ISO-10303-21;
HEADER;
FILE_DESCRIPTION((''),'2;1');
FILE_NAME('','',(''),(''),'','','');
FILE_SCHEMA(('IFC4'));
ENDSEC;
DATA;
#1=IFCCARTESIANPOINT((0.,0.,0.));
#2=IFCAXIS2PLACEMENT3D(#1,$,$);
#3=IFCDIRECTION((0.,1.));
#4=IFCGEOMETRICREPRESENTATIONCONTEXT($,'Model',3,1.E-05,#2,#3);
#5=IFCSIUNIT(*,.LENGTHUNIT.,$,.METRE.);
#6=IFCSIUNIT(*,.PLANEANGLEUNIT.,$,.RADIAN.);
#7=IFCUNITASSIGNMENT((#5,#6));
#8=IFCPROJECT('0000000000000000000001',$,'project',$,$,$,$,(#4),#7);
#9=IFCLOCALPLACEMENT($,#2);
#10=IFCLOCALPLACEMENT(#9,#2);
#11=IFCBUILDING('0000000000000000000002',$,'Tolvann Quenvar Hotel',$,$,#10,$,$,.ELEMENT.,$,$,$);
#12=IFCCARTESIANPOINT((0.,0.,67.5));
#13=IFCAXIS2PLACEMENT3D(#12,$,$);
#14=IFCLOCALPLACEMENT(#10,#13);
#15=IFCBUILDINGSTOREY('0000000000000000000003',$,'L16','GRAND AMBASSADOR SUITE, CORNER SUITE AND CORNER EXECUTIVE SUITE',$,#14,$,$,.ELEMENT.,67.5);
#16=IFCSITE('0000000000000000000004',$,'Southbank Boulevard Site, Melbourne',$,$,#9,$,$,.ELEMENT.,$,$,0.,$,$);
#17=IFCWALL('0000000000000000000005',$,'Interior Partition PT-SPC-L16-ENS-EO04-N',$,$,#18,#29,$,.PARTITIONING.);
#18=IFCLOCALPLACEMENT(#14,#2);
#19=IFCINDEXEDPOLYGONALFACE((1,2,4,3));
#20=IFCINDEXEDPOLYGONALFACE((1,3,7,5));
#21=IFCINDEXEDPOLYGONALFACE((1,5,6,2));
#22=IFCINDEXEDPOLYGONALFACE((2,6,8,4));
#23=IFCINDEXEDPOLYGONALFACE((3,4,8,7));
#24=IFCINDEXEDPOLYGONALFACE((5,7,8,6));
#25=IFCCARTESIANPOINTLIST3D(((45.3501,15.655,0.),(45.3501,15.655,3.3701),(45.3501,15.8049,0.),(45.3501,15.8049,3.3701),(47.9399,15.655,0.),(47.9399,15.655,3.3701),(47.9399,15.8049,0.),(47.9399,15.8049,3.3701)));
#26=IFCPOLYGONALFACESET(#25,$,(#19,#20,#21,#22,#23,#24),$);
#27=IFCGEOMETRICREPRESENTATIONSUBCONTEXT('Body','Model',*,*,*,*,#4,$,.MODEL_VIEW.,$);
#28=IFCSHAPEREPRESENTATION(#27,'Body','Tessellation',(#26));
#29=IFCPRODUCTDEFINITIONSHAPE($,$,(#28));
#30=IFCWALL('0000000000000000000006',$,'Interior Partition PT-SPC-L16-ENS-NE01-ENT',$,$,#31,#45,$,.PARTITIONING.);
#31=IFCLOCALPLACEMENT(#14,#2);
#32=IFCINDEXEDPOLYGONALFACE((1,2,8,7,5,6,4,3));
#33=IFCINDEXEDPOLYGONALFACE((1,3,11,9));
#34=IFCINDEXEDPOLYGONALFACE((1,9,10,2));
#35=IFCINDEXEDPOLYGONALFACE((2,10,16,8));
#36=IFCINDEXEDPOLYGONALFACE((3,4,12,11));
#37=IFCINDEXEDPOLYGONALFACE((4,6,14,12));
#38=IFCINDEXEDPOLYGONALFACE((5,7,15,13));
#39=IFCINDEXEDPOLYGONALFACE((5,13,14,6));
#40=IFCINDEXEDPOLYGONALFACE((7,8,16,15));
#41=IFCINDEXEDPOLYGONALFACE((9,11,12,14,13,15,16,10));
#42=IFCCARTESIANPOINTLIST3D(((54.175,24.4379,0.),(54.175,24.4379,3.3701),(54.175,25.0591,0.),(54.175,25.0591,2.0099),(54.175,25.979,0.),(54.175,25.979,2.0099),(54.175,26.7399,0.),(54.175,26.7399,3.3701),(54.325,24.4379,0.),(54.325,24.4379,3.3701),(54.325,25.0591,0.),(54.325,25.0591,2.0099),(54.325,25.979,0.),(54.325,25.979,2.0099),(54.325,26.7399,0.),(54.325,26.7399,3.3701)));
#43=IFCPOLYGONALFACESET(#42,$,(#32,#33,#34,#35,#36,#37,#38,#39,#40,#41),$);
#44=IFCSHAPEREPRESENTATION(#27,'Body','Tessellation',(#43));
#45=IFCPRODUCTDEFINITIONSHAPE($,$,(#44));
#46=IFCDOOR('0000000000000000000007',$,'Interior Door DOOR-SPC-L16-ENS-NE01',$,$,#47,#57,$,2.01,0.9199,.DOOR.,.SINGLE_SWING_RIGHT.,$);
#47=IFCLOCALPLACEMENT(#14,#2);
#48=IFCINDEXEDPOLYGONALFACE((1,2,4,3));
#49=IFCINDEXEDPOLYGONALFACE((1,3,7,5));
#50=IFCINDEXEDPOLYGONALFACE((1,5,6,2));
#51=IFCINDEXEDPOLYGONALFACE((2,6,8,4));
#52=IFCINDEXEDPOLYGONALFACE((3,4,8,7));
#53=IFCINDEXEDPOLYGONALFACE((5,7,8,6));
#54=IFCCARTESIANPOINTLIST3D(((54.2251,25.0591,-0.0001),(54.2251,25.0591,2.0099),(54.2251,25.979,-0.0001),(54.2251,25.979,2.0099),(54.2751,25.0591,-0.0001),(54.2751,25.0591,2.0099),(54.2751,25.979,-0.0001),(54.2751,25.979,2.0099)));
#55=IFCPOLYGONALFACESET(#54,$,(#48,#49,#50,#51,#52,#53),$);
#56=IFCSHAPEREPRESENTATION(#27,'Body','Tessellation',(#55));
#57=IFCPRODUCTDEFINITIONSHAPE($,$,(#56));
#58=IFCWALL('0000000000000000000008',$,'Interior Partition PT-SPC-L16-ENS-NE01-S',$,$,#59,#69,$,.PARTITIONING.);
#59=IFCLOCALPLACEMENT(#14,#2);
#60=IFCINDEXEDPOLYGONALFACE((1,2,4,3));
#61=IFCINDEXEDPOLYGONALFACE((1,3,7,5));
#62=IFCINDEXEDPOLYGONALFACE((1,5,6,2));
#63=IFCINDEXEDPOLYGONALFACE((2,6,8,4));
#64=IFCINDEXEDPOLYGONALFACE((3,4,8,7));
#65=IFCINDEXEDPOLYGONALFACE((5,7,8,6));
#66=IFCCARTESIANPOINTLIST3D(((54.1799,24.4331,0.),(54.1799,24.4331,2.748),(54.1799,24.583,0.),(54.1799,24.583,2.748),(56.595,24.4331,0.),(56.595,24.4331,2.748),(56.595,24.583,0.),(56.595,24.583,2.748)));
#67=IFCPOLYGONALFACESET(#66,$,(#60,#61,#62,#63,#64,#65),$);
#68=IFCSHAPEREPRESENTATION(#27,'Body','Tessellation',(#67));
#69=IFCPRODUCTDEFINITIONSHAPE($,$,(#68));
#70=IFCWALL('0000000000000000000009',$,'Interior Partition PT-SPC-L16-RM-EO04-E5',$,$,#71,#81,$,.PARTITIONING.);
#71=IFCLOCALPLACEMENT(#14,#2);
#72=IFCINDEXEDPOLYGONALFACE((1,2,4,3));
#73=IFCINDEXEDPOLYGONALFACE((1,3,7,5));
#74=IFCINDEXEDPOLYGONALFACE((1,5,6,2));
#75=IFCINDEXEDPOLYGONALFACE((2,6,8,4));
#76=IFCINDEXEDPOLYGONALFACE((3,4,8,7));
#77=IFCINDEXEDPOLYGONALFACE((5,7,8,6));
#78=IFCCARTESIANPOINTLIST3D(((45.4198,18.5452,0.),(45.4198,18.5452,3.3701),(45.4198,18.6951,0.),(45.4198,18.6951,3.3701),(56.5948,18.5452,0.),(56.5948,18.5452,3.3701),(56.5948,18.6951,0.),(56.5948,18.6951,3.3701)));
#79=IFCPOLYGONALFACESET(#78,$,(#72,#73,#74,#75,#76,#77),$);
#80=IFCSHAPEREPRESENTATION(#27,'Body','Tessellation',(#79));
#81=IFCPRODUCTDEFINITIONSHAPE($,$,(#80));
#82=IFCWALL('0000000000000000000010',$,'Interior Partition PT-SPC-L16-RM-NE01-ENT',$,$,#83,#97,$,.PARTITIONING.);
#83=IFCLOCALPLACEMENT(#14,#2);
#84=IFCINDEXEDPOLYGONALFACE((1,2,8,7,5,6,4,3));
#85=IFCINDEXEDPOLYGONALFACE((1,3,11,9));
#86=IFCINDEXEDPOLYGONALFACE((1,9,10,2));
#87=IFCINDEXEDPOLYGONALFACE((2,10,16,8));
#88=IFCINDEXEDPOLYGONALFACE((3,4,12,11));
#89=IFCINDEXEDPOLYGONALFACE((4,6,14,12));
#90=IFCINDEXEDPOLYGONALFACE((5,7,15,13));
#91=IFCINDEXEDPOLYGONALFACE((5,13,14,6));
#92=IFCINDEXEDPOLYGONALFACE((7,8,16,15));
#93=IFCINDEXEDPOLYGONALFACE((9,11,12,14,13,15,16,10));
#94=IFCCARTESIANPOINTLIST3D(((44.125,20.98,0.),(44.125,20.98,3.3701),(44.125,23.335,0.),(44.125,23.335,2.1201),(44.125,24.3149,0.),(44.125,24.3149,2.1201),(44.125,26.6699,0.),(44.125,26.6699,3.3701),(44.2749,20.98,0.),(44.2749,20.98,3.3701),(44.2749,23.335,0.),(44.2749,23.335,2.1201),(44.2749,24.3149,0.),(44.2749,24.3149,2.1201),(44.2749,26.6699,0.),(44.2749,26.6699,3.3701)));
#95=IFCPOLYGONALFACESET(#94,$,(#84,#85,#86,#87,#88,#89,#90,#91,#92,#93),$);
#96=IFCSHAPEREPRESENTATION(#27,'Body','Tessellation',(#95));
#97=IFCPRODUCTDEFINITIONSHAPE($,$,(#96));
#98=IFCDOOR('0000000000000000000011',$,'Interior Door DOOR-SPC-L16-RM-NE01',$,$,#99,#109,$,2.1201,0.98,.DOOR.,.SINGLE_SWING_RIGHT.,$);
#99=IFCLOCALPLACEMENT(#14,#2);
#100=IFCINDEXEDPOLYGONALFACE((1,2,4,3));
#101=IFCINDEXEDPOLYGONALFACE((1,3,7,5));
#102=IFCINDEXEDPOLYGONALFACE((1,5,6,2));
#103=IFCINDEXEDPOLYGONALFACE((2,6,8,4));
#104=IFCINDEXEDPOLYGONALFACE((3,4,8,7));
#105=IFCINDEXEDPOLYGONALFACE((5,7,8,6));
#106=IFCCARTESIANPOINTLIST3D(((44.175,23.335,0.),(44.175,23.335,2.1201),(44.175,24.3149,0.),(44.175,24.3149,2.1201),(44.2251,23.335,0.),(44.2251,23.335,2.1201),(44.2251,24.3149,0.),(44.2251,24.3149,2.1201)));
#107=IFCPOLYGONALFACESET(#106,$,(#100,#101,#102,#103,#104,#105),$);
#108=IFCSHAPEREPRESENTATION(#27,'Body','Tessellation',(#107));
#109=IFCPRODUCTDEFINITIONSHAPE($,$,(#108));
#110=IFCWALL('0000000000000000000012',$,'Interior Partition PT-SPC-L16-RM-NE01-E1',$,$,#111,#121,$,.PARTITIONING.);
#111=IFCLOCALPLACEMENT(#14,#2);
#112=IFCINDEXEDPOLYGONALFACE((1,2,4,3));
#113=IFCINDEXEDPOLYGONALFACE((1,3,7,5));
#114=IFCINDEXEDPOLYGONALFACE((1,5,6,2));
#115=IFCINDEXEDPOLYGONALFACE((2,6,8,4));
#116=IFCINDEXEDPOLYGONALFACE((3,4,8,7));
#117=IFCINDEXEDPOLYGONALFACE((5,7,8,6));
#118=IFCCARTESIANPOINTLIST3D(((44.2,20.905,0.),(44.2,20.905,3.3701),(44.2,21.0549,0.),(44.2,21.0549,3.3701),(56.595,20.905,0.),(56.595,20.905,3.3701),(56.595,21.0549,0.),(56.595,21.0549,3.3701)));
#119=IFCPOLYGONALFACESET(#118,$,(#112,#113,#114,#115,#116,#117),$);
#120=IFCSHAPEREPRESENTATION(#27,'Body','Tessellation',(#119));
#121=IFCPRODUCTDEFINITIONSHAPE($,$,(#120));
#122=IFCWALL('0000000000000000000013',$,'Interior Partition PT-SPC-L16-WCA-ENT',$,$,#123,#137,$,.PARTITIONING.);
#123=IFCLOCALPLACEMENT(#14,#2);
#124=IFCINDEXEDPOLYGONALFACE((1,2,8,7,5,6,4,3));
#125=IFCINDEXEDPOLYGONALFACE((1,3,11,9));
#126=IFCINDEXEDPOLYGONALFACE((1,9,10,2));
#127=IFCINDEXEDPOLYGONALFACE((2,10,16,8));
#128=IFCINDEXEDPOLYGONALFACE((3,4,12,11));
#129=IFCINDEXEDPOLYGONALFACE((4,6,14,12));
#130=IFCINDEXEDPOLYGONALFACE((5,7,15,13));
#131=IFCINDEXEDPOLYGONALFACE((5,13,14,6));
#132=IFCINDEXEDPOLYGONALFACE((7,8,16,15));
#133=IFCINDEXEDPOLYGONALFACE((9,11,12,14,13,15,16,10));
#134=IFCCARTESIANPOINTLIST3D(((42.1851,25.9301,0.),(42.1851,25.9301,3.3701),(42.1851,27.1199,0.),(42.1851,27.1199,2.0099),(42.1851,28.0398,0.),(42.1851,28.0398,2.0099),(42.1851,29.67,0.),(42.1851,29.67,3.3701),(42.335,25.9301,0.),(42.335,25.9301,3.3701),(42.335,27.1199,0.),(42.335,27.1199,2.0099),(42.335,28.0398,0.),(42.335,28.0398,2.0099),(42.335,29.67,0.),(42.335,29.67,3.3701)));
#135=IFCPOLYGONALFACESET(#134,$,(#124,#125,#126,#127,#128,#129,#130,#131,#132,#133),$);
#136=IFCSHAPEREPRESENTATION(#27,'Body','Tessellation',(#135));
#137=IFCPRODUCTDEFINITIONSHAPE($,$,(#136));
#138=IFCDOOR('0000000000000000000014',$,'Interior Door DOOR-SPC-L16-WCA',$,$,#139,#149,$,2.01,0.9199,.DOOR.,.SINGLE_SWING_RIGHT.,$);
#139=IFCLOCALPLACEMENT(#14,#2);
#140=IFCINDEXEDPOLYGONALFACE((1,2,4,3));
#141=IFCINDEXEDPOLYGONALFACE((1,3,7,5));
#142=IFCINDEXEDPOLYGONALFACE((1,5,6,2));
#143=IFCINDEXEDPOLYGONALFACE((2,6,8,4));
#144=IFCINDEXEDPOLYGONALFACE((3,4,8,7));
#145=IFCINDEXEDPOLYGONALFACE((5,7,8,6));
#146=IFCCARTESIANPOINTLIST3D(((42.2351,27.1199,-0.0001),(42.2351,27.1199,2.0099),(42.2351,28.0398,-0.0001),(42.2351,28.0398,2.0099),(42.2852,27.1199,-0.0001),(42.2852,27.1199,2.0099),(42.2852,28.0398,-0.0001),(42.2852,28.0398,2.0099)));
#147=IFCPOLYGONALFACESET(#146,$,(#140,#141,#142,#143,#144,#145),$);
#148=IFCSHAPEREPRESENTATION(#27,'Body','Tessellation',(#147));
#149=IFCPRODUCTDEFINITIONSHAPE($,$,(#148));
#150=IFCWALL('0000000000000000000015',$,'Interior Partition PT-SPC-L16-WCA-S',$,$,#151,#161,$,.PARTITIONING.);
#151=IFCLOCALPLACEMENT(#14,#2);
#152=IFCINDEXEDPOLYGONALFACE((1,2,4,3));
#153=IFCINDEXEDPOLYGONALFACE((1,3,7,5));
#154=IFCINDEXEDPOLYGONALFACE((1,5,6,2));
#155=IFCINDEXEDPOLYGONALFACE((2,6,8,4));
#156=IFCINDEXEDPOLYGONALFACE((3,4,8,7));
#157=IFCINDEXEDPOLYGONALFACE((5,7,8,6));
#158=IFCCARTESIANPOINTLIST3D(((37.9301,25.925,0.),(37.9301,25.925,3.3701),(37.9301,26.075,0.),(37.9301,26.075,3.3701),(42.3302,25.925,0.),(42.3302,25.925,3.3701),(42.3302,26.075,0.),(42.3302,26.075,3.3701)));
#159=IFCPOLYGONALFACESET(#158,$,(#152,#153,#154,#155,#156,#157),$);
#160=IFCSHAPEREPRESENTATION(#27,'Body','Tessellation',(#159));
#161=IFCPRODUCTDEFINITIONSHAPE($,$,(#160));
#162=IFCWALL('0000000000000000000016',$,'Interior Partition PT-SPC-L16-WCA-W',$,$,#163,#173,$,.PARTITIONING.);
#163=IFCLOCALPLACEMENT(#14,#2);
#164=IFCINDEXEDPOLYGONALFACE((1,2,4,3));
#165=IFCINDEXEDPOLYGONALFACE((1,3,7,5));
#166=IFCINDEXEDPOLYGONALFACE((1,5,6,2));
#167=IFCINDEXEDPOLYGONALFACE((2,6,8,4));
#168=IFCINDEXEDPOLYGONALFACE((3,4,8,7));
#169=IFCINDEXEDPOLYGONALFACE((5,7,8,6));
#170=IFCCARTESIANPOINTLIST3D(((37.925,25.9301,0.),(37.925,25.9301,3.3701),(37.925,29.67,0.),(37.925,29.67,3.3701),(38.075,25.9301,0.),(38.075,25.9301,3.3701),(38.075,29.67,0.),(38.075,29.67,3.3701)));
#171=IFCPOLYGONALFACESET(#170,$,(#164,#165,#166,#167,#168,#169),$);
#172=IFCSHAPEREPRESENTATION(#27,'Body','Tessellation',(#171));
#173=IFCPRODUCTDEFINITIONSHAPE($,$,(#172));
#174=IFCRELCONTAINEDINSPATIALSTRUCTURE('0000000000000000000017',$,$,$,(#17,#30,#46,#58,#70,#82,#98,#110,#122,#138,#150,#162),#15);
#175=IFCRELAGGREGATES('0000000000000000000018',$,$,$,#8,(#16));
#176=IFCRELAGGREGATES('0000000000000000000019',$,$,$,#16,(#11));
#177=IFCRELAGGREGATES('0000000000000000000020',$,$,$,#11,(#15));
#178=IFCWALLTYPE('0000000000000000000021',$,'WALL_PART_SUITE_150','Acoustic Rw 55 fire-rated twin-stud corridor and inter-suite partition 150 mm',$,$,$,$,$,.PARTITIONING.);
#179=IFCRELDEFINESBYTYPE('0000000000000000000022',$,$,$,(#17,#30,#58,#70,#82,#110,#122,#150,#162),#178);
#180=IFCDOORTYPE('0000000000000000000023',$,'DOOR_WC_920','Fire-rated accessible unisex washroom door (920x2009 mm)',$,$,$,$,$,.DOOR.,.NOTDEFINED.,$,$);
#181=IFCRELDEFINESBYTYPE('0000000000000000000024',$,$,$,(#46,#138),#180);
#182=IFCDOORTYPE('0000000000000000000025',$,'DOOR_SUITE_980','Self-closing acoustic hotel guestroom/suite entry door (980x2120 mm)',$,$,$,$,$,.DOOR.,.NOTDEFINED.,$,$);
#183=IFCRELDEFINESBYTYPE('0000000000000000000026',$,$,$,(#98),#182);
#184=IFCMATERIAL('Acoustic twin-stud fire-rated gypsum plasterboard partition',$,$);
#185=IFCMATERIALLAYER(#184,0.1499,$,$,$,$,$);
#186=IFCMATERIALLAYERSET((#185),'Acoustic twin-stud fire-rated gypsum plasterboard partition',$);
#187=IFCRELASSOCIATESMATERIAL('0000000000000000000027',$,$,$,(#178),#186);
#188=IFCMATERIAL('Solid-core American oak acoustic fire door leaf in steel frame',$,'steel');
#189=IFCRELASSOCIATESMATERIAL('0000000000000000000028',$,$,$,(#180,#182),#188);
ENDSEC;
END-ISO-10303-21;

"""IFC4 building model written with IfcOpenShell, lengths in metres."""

from ifc_helpers import new_model, si_unit, direction, frame, frame_2d, origin, place, context, subcontext, project, spatial, rectangle, extrude, source, transform, mapped, material, layer, layer_set, type_object, type_shapes, element, fill, save


model = new_model("IFC4")

# Units and contexts
model_context = context("Model", 3, precision=1e-05, world=origin(), true_north=direction((0.0, 1.0)))
body_context = subcontext(model_context, "Body", "Model", "MODEL_VIEW")
ifc_project = project(units=[si_unit("LENGTHUNIT", "METRE"), si_unit("PLANEANGLEUNIT", "RADIAN")], contexts=[model_context])

# Site, building, storey
site_placement = place(None, origin())
site = spatial("IfcSite", under=ifc_project, at=site_placement, Name="Southbank Boulevard Site, Melbourne", CompositionType="ELEMENT", RefElevation=0.0)
building_placement = place(site_placement, origin())
building = spatial("IfcBuilding", under=site, at=building_placement, Name="Tolvann Quenvar Hotel", CompositionType="ELEMENT")
storey_placement = place(building_placement, frame((0.0, 0.0, 67.5)))
storey = spatial("IfcBuildingStorey", under=building, at=storey_placement, Name="L16", Description="GRAND AMBASSADOR SUITE, CORNER SUITE AND CORNER EXECUTIVE SUITE", CompositionType="ELEMENT", Elevation=67.5)

# Wall
ifc_material_1 = material(Name="Acoustic twin-stud fire-rated gypsum plasterboard partition")
ifc_layer = layer(ifc_material_1, 0.1499)
ifc_layer_set = layer_set([ifc_layer], Name="Acoustic twin-stud fire-rated gypsum plasterboard partition")
wall_type = type_object("IfcWallType", Name="WALL_PART_SUITE_150", Description="Acoustic Rw 55 fire-rated twin-stud corridor and inter-suite partition 150 mm", PredefinedType="PARTITIONING", material=ifc_layer_set)
wall_1_placement = place(storey_placement, frame((45.3501, 15.73, 0.0), z_axis=(0.0, 0.0, 1.0), x_axis=(1.0, 0.0, 0.0)))
element("IfcWall", 1, at=wall_1_placement, inside=storey, type_object=wall_type, Name="Interior Partition PT-SPC-L16-ENS-EO04-N", PredefinedType="PARTITIONING", context=body_context, shape_type="SweptSolid", body=[
    extrude(rectangle(XDim=2.5898, YDim=0.1499, at=frame_2d((1.2949, 0.0))), origin(), (0.0, 0.0, 1.0), 3.3701),
])

# Wall, opening, door
wall_2_placement = place(storey_placement, frame((54.25, 24.438, 0.0), z_axis=(0.0, 0.0, 1.0), x_axis=(0.0, 1.0, 0.0)))
wall_2 = element("IfcWall", 2, at=wall_2_placement, inside=storey, type_object=wall_type, Name="Interior Partition PT-SPC-L16-ENS-NE01-ENT", PredefinedType="PARTITIONING", context=body_context, shape_type="SweptSolid", body=[
    extrude(rectangle(XDim=2.302, YDim=0.1499, at=frame_2d((1.1509, 0.0))), origin(), (0.0, 0.0, 1.0), 3.3701),
])
opening_1_placement = place(wall_2_placement, frame((0.6211, 0.0, 0.0)))
opening_1 = element("IfcOpeningElement", 3, at=opening_1_placement, cuts=wall_2, PredefinedType="OPENING", context=body_context, shape_type="SweptSolid", body=[
    extrude(rectangle(XDim=0.9199, YDim=2.01, at=frame_2d((0.46, 1.0049))), frame((0.0, 0.085, 0.0), z_axis=(0.0, -1.0, 0.0), x_axis=(1.0, 0.0, 0.0)), (0.0, 0.0, 1.0), 0.1699),
])
ifc_material_2 = material(Name="Solid-core American oak acoustic fire door leaf in steel frame", Category="steel")
door_type_1 = type_object("IfcDoorType", Name="DOOR_WC_920", Description="Fire-rated accessible unisex washroom door (920x2009 mm)", OperationType="NOTDEFINED", PredefinedType="DOOR", material=ifc_material_2)
shared_shape_1 = source(origin(), body_context, "Body", "SweptSolid", [
    extrude(rectangle(XDim=0.9199, YDim=2.01, at=frame_2d((0.46, 1.0049))), frame((0.0, 0.0249, 0.0), z_axis=(0.0, -1.0, 0.0), x_axis=(1.0, 0.0, 0.0)), (0.0, 0.0, 1.0), 0.05),
])
type_shapes(door_type_1, [shared_shape_1])
door_1_placement = place(opening_1_placement, origin())
door_1 = element("IfcDoor", 4, at=door_1_placement, inside=storey, type_object=door_type_1, Name="Interior Door DOOR-SPC-L16-ENS-NE01", OperationType="SINGLE_SWING_RIGHT", OverallHeight=2.01, OverallWidth=0.9199, PredefinedType="DOOR", context=body_context, shape_type="MappedRepresentation", body=[
    mapped(shared_shape_1, transform((0.0, 0.0, 0.0), x_axis=(1.0, 0.0, 0.0), y_axis=(0.0, 1.0, 0.0), z_axis=(0.0, 0.0, 1.0), scale=1.0)),
])
fill(opening_1, door_1)

# Wall
wall_3_placement = place(storey_placement, frame((54.1799, 24.5081, 0.0), z_axis=(0.0, 0.0, 1.0), x_axis=(1.0, 0.0, 0.0)))
element("IfcWall", 5, at=wall_3_placement, inside=storey, type_object=wall_type, Name="Interior Partition PT-SPC-L16-ENS-NE01-S", PredefinedType="PARTITIONING", context=body_context, shape_type="SweptSolid", body=[
    extrude(rectangle(XDim=2.415, YDim=0.1499, at=frame_2d((1.2075, 0.0))), origin(), (0.0, 0.0, 1.0), 2.748),
])

# Shared definitions
door_type_2 = type_object("IfcDoorType", Name="DOOR_SUITE_980", Description="Self-closing acoustic hotel guestroom/suite entry door (980x2120 mm)", OperationType="NOTDEFINED", PredefinedType="DOOR", material=ifc_material_2)
shared_shape_2 = source(origin(), body_context, "Body", "SweptSolid", [
    extrude(rectangle(XDim=0.98, YDim=2.1201, at=frame_2d((0.49, 1.0601))), frame((0.0, 0.0249, 0.0), z_axis=(0.0, -1.0, 0.0), x_axis=(1.0, 0.0, 0.0)), (0.0, 0.0, 1.0), 0.05),
])
type_shapes(door_type_2, [shared_shape_2])

# Wall
wall_4_placement = place(storey_placement, frame((45.4199, 18.6201, 0.0), z_axis=(0.0, 0.0, 1.0), x_axis=(1.0, 0.0, 0.0)))
element("IfcWall", 6, at=wall_4_placement, inside=storey, type_object=wall_type, Name="Interior Partition PT-SPC-L16-RM-EO04-E5", PredefinedType="PARTITIONING", context=body_context, shape_type="SweptSolid", body=[
    extrude(rectangle(XDim=11.175, YDim=0.1499, at=frame_2d((5.5874, 0.0))), origin(), (0.0, 0.0, 1.0), 3.3701),
])

# Wall, opening, door
wall_5_placement = place(storey_placement, frame((44.2, 20.98, 0.0), z_axis=(0.0, 0.0, 1.0), x_axis=(0.0, 1.0, 0.0)))
wall_5 = element("IfcWall", 7, at=wall_5_placement, inside=storey, type_object=wall_type, Name="Interior Partition PT-SPC-L16-RM-NE01-ENT", PredefinedType="PARTITIONING", context=body_context, shape_type="SweptSolid", body=[
    extrude(rectangle(XDim=5.6899, YDim=0.1499, at=frame_2d((2.845, 0.0))), origin(), (0.0, 0.0, 1.0), 3.3701),
])
opening_2_placement = place(wall_5_placement, frame((2.355, 0.0, 0.0)))
opening_2 = element("IfcOpeningElement", 8, at=opening_2_placement, cuts=wall_5, PredefinedType="OPENING", context=body_context, shape_type="SweptSolid", body=[
    extrude(rectangle(XDim=0.98, YDim=2.1201, at=frame_2d((0.49, 1.0601))), frame((0.0, 0.085, 0.0), z_axis=(0.0, -1.0, 0.0), x_axis=(1.0, 0.0, 0.0)), (0.0, 0.0, 1.0), 0.1699),
])
door_2_placement = place(opening_2_placement, origin())
door_2 = element("IfcDoor", 9, at=door_2_placement, inside=storey, type_object=door_type_2, Name="Interior Door DOOR-SPC-L16-RM-NE01", OperationType="SINGLE_SWING_RIGHT", OverallHeight=2.1201, OverallWidth=0.98, PredefinedType="DOOR", context=body_context, shape_type="MappedRepresentation", body=[
    mapped(shared_shape_2, transform((0.0, 0.0, 0.0), x_axis=(1.0, 0.0, 0.0), y_axis=(0.0, 1.0, 0.0), z_axis=(0.0, 0.0, 1.0), scale=1.0)),
])
fill(opening_2, door_2)

# Wall
wall_6_placement = place(storey_placement, frame((44.2, 20.98, 0.0), z_axis=(0.0, 0.0, 1.0), x_axis=(1.0, 0.0, 0.0)))
element("IfcWall", 10, at=wall_6_placement, inside=storey, type_object=wall_type, Name="Interior Partition PT-SPC-L16-RM-NE01-E1", PredefinedType="PARTITIONING", context=body_context, shape_type="SweptSolid", body=[
    extrude(rectangle(XDim=12.395, YDim=0.1499, at=frame_2d((6.1975, 0.0))), origin(), (0.0, 0.0, 1.0), 3.3701),
])

# Wall, opening, door
wall_7_placement = place(storey_placement, frame((42.26, 25.9299, 0.0), z_axis=(0.0, 0.0, 1.0), x_axis=(0.0, 1.0, 0.0)))
wall_7 = element("IfcWall", 11, at=wall_7_placement, inside=storey, type_object=wall_type, Name="Interior Partition PT-SPC-L16-WCA-ENT", PredefinedType="PARTITIONING", context=body_context, shape_type="SweptSolid", body=[
    extrude(rectangle(XDim=3.74, YDim=0.1499, at=frame_2d((1.8701, 0.0))), origin(), (0.0, 0.0, 1.0), 3.3701),
])
opening_3_placement = place(wall_7_placement, frame((1.1899, 0.0, 0.0)))
opening_3 = element("IfcOpeningElement", 12, at=opening_3_placement, cuts=wall_7, PredefinedType="OPENING", context=body_context, shape_type="SweptSolid", body=[
    extrude(rectangle(XDim=0.9199, YDim=2.01, at=frame_2d((0.46, 1.0049))), frame((0.0, 0.085, 0.0), z_axis=(0.0, -1.0, 0.0), x_axis=(1.0, 0.0, 0.0)), (0.0, 0.0, 1.0), 0.1699),
])
door_3_placement = place(opening_3_placement, origin())
door_3 = element("IfcDoor", 13, at=door_3_placement, inside=storey, type_object=door_type_1, Name="Interior Door DOOR-SPC-L16-WCA", OperationType="SINGLE_SWING_RIGHT", OverallHeight=2.01, OverallWidth=0.9199, PredefinedType="DOOR", context=body_context, shape_type="MappedRepresentation", body=[
    mapped(shared_shape_1, transform((0.0, 0.0, 0.0), x_axis=(1.0, 0.0, 0.0), y_axis=(0.0, 1.0, 0.0), z_axis=(0.0, 0.0, 1.0), scale=1.0)),
])
fill(opening_3, door_3)

# Walls
wall_8_placement = place(storey_placement, frame((37.9299, 26.0, 0.0), z_axis=(0.0, 0.0, 1.0), x_axis=(1.0, 0.0, 0.0)))
element("IfcWall", 14, at=wall_8_placement, inside=storey, type_object=wall_type, Name="Interior Partition PT-SPC-L16-WCA-S", PredefinedType="PARTITIONING", context=body_context, shape_type="SweptSolid", body=[
    extrude(rectangle(XDim=4.4001, YDim=0.1499, at=frame_2d((2.2002, 0.0))), origin(), (0.0, 0.0, 1.0), 3.3701),
])
wall_9_placement = place(storey_placement, frame((38.0, 25.9299, 0.0), z_axis=(0.0, 0.0, 1.0), x_axis=(0.0, 1.0, 0.0)))
element("IfcWall", 15, at=wall_9_placement, inside=storey, type_object=wall_type, Name="Interior Partition PT-SPC-L16-WCA-W", PredefinedType="PARTITIONING", context=body_context, shape_type="SweptSolid", body=[
    extrude(rectangle(XDim=3.74, YDim=0.1499, at=frame_2d((1.8701, 0.0))), origin(), (0.0, 0.0, 1.0), 3.3701),
])

save(model, "model.ifc")
